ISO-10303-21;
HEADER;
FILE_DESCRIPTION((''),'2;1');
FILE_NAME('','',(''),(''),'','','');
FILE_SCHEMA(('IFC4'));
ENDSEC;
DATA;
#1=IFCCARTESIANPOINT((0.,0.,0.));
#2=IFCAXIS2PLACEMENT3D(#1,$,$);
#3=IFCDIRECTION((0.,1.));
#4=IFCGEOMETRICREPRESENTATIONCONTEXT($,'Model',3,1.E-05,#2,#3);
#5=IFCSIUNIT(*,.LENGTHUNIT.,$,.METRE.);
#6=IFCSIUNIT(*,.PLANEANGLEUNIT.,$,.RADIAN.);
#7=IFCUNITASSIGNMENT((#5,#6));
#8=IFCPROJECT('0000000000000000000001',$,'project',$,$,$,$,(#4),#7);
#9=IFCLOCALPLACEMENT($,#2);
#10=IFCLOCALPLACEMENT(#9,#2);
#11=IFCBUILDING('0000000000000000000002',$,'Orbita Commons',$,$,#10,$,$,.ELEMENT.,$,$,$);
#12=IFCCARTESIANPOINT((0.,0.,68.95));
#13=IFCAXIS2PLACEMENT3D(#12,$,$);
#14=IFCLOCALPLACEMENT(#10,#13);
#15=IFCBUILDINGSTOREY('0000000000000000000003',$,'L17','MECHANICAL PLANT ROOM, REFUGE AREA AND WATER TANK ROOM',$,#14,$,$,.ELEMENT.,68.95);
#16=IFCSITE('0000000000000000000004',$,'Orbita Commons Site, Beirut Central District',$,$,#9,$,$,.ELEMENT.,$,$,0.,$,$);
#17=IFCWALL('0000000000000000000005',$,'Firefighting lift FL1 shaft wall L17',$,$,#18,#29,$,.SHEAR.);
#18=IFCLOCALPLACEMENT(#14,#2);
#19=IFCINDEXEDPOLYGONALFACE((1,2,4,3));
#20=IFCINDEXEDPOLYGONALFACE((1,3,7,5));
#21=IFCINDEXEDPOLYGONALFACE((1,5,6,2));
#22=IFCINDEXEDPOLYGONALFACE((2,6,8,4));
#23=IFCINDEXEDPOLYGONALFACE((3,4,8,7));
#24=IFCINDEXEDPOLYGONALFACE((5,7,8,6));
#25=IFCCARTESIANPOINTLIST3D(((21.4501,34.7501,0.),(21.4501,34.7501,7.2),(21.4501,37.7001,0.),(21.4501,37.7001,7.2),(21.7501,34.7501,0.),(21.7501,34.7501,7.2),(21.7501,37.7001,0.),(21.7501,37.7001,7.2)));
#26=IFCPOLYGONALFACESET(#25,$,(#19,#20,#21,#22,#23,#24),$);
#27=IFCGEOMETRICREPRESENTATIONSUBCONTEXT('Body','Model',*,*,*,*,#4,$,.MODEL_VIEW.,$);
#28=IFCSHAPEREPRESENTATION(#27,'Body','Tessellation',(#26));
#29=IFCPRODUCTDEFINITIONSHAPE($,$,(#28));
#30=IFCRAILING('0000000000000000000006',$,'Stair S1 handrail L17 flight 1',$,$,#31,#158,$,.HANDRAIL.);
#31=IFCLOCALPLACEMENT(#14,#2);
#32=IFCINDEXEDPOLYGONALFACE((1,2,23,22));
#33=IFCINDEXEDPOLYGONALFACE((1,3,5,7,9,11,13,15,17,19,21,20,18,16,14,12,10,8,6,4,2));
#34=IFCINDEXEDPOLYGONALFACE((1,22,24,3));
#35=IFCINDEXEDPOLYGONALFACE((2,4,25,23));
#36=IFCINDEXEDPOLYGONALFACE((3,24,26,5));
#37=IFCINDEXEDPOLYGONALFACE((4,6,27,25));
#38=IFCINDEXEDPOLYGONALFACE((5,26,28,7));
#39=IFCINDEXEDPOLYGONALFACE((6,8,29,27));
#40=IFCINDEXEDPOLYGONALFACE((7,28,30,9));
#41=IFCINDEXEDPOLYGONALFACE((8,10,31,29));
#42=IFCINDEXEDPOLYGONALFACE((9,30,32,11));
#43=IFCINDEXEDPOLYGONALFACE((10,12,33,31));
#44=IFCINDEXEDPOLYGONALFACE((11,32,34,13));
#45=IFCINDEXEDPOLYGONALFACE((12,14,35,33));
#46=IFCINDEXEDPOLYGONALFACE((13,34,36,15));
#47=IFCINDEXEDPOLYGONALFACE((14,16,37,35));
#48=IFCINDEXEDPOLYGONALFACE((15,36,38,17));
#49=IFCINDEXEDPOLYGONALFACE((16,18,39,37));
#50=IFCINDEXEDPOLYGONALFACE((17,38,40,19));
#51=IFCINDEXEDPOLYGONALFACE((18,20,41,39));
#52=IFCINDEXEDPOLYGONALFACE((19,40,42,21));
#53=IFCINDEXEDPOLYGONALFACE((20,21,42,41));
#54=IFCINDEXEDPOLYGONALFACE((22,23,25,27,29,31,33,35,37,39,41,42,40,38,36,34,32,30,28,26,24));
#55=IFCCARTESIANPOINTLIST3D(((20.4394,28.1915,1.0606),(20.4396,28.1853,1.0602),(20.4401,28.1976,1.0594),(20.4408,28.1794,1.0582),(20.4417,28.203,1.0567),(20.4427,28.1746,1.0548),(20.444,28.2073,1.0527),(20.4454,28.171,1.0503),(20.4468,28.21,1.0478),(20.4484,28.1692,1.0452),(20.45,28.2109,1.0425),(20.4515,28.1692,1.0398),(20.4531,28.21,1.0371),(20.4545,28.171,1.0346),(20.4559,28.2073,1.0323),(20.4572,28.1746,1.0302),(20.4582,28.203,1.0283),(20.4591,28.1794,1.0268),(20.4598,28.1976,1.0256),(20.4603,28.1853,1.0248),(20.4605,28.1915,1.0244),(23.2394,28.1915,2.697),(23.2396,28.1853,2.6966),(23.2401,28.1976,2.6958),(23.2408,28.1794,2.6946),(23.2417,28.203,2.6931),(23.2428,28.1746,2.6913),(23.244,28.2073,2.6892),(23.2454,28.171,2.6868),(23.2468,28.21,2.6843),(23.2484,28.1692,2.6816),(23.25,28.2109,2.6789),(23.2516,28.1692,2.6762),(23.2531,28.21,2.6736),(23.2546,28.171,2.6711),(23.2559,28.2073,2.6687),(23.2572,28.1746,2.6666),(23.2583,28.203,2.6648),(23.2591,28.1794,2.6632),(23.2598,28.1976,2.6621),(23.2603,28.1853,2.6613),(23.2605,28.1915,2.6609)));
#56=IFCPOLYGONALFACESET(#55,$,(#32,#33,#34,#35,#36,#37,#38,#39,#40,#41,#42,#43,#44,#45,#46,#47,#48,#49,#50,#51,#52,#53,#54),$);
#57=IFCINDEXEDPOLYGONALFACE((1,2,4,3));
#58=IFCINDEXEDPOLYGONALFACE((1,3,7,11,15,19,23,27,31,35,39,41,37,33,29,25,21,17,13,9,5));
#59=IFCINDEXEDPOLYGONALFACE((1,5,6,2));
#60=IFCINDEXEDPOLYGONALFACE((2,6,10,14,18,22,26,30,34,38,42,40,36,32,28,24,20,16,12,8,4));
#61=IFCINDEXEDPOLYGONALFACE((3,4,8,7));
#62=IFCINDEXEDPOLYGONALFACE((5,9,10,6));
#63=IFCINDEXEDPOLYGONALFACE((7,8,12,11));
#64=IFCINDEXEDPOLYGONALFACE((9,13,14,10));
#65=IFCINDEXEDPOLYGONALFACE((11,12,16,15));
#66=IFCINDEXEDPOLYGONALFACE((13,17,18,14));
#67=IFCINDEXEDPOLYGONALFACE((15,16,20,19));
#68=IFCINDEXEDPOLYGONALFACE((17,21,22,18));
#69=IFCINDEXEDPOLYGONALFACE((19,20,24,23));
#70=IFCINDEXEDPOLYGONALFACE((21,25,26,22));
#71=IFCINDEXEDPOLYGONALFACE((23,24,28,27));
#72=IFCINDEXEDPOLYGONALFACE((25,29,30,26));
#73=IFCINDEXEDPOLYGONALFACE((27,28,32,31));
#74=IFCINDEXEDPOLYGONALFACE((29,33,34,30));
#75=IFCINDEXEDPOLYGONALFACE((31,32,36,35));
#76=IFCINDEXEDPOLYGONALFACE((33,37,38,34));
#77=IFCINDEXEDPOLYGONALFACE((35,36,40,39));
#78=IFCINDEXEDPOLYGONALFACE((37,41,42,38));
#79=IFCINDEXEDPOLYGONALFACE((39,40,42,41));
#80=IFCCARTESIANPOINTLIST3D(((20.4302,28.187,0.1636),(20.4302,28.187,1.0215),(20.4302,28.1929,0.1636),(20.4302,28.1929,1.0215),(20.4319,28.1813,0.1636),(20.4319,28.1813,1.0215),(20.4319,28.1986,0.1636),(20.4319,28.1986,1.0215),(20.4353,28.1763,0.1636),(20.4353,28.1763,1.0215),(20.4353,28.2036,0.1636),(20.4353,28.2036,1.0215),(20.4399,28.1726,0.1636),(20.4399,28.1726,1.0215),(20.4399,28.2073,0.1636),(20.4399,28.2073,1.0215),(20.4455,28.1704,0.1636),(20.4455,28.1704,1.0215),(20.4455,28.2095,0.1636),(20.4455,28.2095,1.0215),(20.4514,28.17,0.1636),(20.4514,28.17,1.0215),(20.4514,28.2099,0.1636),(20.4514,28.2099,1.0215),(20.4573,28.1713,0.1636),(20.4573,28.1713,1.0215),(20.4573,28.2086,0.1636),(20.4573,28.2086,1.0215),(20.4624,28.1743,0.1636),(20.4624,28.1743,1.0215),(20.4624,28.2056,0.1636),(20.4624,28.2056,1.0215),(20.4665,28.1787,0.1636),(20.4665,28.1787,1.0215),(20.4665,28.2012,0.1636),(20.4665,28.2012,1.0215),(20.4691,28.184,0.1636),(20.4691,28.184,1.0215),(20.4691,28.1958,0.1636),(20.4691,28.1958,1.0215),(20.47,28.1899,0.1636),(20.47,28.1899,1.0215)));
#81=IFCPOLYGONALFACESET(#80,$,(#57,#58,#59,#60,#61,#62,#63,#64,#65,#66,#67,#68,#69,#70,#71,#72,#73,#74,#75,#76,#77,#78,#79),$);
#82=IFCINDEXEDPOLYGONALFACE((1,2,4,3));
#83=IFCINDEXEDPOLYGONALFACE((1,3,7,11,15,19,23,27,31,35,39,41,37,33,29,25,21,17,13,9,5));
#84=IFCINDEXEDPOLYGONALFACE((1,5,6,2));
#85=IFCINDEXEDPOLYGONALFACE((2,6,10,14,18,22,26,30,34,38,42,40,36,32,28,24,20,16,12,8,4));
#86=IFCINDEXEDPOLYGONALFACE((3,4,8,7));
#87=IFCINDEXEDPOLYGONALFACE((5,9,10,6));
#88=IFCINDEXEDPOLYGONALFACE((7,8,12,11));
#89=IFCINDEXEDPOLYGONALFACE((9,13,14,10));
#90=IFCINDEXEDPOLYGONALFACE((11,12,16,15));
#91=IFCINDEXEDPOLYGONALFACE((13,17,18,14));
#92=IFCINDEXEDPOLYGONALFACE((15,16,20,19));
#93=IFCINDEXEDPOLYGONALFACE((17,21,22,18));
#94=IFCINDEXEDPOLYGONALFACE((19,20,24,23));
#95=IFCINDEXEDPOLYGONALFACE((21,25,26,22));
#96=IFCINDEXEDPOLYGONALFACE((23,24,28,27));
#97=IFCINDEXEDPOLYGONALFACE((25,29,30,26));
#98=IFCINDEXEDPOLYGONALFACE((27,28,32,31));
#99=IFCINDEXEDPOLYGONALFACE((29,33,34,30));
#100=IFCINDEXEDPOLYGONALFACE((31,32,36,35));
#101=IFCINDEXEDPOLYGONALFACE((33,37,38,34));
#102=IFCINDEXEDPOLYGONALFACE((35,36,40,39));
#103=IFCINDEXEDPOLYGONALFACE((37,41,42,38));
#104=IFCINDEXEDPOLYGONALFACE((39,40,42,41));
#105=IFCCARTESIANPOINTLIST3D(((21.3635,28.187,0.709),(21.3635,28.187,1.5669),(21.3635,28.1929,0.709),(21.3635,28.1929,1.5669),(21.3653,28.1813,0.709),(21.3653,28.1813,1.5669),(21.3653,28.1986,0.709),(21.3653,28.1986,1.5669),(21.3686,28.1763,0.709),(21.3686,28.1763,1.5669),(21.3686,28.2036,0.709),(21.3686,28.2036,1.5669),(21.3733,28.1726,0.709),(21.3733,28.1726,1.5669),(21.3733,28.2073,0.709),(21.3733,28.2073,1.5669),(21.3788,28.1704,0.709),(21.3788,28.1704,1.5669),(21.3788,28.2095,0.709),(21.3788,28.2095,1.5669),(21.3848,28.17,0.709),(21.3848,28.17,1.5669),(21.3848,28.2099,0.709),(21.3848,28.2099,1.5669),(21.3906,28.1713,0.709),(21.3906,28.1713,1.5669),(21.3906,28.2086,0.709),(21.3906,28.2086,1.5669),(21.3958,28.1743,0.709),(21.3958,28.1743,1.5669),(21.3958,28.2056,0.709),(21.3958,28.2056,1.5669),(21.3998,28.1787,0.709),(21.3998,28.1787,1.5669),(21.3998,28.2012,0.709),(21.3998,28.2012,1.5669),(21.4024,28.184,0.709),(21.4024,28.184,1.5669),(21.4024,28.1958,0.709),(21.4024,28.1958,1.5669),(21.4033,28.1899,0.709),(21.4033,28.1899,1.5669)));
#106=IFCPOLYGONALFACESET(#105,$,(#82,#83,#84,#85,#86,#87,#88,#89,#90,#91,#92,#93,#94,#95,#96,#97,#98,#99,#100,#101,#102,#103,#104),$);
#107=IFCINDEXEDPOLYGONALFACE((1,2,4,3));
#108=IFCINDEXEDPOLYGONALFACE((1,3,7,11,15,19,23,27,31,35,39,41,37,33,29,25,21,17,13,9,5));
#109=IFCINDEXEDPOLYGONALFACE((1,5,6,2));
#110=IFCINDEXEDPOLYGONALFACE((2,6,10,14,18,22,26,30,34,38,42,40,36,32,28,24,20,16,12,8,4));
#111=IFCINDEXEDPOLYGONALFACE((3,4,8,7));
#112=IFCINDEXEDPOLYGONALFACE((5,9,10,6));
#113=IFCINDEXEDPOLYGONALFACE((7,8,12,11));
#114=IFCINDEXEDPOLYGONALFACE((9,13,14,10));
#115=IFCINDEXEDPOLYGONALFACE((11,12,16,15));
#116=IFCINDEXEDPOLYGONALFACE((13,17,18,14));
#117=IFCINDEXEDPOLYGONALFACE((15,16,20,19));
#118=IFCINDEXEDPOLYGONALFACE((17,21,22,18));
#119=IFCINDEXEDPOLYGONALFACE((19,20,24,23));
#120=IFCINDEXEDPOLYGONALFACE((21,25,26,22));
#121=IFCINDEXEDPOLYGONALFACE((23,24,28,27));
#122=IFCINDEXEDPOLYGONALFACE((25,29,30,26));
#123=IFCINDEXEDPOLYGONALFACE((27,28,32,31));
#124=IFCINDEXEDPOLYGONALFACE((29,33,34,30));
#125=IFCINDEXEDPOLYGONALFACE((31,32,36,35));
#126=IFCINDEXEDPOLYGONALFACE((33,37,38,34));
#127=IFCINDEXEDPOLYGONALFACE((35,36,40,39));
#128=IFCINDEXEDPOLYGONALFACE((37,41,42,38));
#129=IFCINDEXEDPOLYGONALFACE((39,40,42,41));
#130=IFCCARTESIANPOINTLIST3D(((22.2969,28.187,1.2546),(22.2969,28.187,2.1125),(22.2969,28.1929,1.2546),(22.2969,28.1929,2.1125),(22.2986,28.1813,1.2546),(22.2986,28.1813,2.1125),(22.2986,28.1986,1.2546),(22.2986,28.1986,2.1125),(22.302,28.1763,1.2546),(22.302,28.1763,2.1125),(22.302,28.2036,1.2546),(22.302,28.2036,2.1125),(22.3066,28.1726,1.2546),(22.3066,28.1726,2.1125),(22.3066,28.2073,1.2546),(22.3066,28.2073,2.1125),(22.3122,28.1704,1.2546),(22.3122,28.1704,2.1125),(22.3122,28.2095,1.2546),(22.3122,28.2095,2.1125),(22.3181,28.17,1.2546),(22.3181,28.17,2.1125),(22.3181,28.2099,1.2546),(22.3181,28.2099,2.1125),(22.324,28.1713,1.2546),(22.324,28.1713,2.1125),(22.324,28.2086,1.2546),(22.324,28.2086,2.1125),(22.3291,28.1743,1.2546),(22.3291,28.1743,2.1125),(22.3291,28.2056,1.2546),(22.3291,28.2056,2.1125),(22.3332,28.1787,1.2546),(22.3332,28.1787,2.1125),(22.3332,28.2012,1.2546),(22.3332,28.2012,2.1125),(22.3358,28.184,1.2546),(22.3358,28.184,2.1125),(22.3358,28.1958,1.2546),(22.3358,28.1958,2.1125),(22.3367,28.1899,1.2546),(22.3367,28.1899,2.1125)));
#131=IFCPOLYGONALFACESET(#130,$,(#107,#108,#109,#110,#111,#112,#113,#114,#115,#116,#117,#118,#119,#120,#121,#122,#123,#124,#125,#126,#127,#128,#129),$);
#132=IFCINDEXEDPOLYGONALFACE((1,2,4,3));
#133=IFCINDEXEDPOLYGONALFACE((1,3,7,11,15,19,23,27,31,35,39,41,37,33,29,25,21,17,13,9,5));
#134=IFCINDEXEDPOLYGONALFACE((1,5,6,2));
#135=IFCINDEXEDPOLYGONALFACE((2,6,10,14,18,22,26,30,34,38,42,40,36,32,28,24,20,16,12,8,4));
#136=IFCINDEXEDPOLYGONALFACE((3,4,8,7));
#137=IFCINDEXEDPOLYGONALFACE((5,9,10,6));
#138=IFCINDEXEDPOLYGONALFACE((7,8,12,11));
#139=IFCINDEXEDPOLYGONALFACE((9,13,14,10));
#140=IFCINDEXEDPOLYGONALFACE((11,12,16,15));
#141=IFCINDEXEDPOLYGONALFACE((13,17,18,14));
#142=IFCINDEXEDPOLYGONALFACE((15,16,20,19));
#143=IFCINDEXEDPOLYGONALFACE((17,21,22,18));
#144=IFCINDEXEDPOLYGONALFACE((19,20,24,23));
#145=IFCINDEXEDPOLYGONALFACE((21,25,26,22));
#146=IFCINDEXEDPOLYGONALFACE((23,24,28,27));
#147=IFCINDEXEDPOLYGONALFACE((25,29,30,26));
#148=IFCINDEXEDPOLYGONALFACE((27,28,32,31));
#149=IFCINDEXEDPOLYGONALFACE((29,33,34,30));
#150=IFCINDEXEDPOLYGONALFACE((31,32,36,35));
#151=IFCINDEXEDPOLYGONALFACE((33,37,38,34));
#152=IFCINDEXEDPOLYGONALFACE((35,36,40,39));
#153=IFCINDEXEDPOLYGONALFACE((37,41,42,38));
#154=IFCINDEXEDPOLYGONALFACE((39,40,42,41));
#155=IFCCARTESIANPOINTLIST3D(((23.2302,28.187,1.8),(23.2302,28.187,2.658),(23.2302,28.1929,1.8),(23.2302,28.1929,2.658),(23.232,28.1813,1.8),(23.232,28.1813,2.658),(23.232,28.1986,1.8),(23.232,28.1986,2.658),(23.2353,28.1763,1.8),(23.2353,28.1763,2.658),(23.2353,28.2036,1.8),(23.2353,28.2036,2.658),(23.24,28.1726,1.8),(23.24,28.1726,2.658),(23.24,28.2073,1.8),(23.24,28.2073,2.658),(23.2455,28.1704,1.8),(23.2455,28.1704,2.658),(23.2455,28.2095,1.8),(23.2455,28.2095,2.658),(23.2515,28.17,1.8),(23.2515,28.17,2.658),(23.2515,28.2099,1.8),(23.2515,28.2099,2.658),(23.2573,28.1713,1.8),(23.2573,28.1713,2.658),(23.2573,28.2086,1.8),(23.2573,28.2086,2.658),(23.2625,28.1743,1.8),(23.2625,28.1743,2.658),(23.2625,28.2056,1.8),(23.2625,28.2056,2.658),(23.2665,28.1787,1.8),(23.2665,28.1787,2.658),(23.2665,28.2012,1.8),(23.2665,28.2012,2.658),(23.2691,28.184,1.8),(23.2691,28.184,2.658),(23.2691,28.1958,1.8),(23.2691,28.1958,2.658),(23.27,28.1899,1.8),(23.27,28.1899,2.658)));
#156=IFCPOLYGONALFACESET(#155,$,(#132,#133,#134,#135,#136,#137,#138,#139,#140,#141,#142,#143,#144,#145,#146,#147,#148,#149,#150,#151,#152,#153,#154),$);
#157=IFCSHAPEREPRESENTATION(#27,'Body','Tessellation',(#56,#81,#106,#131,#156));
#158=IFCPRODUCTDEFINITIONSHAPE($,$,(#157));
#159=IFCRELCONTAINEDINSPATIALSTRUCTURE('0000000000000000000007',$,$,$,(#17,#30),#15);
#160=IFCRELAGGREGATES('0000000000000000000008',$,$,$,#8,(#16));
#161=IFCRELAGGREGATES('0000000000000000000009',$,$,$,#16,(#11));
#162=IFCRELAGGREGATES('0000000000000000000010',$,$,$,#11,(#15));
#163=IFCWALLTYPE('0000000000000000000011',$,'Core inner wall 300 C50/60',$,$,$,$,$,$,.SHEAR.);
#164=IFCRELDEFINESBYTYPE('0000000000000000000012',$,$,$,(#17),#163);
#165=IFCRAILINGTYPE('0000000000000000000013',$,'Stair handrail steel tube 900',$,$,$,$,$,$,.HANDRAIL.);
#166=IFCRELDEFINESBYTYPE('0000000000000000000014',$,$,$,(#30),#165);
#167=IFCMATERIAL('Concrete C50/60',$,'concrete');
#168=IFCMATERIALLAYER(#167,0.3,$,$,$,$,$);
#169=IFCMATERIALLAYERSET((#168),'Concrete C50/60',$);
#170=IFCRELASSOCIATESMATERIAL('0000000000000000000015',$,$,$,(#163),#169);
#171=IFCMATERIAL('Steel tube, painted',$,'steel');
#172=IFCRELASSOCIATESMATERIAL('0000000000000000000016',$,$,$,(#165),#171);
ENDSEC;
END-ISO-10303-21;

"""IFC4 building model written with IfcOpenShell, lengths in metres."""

from ifc_helpers import new_model, si_unit, direction, frame, frame_2d, origin, origin_2d, place, context, subcontext, project, spatial, rectangle, circle, extrude, material, layer, layer_set, type_object, element, save


model = new_model("IFC4")

# Units and contexts
model_context = context("Model", 3, precision=1e-05, world=origin(), true_north=direction((0.0, 1.0)))
body_context = subcontext(model_context, "Body", "Model", "MODEL_VIEW")
ifc_project = project(units=[si_unit("LENGTHUNIT", "METRE"), si_unit("PLANEANGLEUNIT", "RADIAN")], contexts=[model_context])

# Site, building, storey
site_placement = place(None, origin())
site = spatial("IfcSite", under=ifc_project, at=site_placement, Name="Orbita Commons Site, Beirut Central District", CompositionType="ELEMENT", RefElevation=0.0)
building_placement = place(site_placement, origin())
building = spatial("IfcBuilding", under=site, at=building_placement, Name="Orbita Commons", CompositionType="ELEMENT")
storey_placement = place(building_placement, frame((0.0, 0.0, 68.95)))
storey = spatial("IfcBuildingStorey", under=building, at=storey_placement, Name="L17", Description="MECHANICAL PLANT ROOM, REFUGE AREA AND WATER TANK ROOM", CompositionType="ELEMENT", Elevation=68.95)

# Wall
ifc_material_1 = material(Name="Concrete C50/60", Category="concrete")
ifc_layer = layer(ifc_material_1, 0.3)
ifc_layer_set = layer_set([ifc_layer], Name="Concrete C50/60")
wall_type = type_object("IfcWallType", Name="Core inner wall 300 C50/60", PredefinedType="SHEAR", material=ifc_layer_set)
wall_placement = place(storey_placement, frame((21.6001, 34.75, 0.0), z_axis=(0.0, 0.0, 1.0), x_axis=(0.0, 1.0, 0.0)))
element("IfcWall", 1, at=wall_placement, inside=storey, type_object=wall_type, Name="Firefighting lift FL1 shaft wall L17", PredefinedType="SHEAR", context=body_context, shape_type="SweptSolid", body=[
    extrude(rectangle(XDim=2.95, YDim=0.3, at=frame_2d((1.4751, 0.0))), origin(), (0.0, 0.0, 1.0), 7.2),
])

# Railing
ifc_material_2 = material(Name="Steel tube, painted", Category="steel")
railing_type = type_object("IfcRailingType", Name="Stair handrail steel tube 900", PredefinedType="HANDRAIL", material=ifc_material_2)
railing_1_placement = place(storey_placement, frame((20.45, 28.1899, 0.1636)))
element("IfcRailing", 2, at=railing_1_placement, inside=storey, type_object=railing_type, Name="Stair S1 handrail L17 flight 1", PredefinedType="HANDRAIL", context=body_context, shape_type="SweptSolid", body=[
    extrude(circle(Radius=0.021, at=origin_2d()), frame((0.0, 0.0, 0.8789), z_axis=(0.863361, 0.0, 0.504587), x_axis=(0.0, 1.0, 0.0)), (0.0, 0.0, 1.0), 3.2432),
    extrude(circle(Radius=0.02, at=origin_2d()), origin(), (0.0, 0.0, 1.0), 0.8579),
    extrude(circle(Radius=0.02, at=origin_2d()), frame((0.9333, 0.0, 0.5454)), (0.0, 0.0, 1.0), 0.8579),
    extrude(circle(Radius=0.02, at=origin_2d()), frame((1.8667, 0.0, 1.0911)), (0.0, 0.0, 1.0), 0.8579),
    extrude(circle(Radius=0.02, at=origin_2d()), frame((2.8, 0.0, 1.6365)), (0.0, 0.0, 1.0), 0.8579),
])

save(model, "model.ifc")
